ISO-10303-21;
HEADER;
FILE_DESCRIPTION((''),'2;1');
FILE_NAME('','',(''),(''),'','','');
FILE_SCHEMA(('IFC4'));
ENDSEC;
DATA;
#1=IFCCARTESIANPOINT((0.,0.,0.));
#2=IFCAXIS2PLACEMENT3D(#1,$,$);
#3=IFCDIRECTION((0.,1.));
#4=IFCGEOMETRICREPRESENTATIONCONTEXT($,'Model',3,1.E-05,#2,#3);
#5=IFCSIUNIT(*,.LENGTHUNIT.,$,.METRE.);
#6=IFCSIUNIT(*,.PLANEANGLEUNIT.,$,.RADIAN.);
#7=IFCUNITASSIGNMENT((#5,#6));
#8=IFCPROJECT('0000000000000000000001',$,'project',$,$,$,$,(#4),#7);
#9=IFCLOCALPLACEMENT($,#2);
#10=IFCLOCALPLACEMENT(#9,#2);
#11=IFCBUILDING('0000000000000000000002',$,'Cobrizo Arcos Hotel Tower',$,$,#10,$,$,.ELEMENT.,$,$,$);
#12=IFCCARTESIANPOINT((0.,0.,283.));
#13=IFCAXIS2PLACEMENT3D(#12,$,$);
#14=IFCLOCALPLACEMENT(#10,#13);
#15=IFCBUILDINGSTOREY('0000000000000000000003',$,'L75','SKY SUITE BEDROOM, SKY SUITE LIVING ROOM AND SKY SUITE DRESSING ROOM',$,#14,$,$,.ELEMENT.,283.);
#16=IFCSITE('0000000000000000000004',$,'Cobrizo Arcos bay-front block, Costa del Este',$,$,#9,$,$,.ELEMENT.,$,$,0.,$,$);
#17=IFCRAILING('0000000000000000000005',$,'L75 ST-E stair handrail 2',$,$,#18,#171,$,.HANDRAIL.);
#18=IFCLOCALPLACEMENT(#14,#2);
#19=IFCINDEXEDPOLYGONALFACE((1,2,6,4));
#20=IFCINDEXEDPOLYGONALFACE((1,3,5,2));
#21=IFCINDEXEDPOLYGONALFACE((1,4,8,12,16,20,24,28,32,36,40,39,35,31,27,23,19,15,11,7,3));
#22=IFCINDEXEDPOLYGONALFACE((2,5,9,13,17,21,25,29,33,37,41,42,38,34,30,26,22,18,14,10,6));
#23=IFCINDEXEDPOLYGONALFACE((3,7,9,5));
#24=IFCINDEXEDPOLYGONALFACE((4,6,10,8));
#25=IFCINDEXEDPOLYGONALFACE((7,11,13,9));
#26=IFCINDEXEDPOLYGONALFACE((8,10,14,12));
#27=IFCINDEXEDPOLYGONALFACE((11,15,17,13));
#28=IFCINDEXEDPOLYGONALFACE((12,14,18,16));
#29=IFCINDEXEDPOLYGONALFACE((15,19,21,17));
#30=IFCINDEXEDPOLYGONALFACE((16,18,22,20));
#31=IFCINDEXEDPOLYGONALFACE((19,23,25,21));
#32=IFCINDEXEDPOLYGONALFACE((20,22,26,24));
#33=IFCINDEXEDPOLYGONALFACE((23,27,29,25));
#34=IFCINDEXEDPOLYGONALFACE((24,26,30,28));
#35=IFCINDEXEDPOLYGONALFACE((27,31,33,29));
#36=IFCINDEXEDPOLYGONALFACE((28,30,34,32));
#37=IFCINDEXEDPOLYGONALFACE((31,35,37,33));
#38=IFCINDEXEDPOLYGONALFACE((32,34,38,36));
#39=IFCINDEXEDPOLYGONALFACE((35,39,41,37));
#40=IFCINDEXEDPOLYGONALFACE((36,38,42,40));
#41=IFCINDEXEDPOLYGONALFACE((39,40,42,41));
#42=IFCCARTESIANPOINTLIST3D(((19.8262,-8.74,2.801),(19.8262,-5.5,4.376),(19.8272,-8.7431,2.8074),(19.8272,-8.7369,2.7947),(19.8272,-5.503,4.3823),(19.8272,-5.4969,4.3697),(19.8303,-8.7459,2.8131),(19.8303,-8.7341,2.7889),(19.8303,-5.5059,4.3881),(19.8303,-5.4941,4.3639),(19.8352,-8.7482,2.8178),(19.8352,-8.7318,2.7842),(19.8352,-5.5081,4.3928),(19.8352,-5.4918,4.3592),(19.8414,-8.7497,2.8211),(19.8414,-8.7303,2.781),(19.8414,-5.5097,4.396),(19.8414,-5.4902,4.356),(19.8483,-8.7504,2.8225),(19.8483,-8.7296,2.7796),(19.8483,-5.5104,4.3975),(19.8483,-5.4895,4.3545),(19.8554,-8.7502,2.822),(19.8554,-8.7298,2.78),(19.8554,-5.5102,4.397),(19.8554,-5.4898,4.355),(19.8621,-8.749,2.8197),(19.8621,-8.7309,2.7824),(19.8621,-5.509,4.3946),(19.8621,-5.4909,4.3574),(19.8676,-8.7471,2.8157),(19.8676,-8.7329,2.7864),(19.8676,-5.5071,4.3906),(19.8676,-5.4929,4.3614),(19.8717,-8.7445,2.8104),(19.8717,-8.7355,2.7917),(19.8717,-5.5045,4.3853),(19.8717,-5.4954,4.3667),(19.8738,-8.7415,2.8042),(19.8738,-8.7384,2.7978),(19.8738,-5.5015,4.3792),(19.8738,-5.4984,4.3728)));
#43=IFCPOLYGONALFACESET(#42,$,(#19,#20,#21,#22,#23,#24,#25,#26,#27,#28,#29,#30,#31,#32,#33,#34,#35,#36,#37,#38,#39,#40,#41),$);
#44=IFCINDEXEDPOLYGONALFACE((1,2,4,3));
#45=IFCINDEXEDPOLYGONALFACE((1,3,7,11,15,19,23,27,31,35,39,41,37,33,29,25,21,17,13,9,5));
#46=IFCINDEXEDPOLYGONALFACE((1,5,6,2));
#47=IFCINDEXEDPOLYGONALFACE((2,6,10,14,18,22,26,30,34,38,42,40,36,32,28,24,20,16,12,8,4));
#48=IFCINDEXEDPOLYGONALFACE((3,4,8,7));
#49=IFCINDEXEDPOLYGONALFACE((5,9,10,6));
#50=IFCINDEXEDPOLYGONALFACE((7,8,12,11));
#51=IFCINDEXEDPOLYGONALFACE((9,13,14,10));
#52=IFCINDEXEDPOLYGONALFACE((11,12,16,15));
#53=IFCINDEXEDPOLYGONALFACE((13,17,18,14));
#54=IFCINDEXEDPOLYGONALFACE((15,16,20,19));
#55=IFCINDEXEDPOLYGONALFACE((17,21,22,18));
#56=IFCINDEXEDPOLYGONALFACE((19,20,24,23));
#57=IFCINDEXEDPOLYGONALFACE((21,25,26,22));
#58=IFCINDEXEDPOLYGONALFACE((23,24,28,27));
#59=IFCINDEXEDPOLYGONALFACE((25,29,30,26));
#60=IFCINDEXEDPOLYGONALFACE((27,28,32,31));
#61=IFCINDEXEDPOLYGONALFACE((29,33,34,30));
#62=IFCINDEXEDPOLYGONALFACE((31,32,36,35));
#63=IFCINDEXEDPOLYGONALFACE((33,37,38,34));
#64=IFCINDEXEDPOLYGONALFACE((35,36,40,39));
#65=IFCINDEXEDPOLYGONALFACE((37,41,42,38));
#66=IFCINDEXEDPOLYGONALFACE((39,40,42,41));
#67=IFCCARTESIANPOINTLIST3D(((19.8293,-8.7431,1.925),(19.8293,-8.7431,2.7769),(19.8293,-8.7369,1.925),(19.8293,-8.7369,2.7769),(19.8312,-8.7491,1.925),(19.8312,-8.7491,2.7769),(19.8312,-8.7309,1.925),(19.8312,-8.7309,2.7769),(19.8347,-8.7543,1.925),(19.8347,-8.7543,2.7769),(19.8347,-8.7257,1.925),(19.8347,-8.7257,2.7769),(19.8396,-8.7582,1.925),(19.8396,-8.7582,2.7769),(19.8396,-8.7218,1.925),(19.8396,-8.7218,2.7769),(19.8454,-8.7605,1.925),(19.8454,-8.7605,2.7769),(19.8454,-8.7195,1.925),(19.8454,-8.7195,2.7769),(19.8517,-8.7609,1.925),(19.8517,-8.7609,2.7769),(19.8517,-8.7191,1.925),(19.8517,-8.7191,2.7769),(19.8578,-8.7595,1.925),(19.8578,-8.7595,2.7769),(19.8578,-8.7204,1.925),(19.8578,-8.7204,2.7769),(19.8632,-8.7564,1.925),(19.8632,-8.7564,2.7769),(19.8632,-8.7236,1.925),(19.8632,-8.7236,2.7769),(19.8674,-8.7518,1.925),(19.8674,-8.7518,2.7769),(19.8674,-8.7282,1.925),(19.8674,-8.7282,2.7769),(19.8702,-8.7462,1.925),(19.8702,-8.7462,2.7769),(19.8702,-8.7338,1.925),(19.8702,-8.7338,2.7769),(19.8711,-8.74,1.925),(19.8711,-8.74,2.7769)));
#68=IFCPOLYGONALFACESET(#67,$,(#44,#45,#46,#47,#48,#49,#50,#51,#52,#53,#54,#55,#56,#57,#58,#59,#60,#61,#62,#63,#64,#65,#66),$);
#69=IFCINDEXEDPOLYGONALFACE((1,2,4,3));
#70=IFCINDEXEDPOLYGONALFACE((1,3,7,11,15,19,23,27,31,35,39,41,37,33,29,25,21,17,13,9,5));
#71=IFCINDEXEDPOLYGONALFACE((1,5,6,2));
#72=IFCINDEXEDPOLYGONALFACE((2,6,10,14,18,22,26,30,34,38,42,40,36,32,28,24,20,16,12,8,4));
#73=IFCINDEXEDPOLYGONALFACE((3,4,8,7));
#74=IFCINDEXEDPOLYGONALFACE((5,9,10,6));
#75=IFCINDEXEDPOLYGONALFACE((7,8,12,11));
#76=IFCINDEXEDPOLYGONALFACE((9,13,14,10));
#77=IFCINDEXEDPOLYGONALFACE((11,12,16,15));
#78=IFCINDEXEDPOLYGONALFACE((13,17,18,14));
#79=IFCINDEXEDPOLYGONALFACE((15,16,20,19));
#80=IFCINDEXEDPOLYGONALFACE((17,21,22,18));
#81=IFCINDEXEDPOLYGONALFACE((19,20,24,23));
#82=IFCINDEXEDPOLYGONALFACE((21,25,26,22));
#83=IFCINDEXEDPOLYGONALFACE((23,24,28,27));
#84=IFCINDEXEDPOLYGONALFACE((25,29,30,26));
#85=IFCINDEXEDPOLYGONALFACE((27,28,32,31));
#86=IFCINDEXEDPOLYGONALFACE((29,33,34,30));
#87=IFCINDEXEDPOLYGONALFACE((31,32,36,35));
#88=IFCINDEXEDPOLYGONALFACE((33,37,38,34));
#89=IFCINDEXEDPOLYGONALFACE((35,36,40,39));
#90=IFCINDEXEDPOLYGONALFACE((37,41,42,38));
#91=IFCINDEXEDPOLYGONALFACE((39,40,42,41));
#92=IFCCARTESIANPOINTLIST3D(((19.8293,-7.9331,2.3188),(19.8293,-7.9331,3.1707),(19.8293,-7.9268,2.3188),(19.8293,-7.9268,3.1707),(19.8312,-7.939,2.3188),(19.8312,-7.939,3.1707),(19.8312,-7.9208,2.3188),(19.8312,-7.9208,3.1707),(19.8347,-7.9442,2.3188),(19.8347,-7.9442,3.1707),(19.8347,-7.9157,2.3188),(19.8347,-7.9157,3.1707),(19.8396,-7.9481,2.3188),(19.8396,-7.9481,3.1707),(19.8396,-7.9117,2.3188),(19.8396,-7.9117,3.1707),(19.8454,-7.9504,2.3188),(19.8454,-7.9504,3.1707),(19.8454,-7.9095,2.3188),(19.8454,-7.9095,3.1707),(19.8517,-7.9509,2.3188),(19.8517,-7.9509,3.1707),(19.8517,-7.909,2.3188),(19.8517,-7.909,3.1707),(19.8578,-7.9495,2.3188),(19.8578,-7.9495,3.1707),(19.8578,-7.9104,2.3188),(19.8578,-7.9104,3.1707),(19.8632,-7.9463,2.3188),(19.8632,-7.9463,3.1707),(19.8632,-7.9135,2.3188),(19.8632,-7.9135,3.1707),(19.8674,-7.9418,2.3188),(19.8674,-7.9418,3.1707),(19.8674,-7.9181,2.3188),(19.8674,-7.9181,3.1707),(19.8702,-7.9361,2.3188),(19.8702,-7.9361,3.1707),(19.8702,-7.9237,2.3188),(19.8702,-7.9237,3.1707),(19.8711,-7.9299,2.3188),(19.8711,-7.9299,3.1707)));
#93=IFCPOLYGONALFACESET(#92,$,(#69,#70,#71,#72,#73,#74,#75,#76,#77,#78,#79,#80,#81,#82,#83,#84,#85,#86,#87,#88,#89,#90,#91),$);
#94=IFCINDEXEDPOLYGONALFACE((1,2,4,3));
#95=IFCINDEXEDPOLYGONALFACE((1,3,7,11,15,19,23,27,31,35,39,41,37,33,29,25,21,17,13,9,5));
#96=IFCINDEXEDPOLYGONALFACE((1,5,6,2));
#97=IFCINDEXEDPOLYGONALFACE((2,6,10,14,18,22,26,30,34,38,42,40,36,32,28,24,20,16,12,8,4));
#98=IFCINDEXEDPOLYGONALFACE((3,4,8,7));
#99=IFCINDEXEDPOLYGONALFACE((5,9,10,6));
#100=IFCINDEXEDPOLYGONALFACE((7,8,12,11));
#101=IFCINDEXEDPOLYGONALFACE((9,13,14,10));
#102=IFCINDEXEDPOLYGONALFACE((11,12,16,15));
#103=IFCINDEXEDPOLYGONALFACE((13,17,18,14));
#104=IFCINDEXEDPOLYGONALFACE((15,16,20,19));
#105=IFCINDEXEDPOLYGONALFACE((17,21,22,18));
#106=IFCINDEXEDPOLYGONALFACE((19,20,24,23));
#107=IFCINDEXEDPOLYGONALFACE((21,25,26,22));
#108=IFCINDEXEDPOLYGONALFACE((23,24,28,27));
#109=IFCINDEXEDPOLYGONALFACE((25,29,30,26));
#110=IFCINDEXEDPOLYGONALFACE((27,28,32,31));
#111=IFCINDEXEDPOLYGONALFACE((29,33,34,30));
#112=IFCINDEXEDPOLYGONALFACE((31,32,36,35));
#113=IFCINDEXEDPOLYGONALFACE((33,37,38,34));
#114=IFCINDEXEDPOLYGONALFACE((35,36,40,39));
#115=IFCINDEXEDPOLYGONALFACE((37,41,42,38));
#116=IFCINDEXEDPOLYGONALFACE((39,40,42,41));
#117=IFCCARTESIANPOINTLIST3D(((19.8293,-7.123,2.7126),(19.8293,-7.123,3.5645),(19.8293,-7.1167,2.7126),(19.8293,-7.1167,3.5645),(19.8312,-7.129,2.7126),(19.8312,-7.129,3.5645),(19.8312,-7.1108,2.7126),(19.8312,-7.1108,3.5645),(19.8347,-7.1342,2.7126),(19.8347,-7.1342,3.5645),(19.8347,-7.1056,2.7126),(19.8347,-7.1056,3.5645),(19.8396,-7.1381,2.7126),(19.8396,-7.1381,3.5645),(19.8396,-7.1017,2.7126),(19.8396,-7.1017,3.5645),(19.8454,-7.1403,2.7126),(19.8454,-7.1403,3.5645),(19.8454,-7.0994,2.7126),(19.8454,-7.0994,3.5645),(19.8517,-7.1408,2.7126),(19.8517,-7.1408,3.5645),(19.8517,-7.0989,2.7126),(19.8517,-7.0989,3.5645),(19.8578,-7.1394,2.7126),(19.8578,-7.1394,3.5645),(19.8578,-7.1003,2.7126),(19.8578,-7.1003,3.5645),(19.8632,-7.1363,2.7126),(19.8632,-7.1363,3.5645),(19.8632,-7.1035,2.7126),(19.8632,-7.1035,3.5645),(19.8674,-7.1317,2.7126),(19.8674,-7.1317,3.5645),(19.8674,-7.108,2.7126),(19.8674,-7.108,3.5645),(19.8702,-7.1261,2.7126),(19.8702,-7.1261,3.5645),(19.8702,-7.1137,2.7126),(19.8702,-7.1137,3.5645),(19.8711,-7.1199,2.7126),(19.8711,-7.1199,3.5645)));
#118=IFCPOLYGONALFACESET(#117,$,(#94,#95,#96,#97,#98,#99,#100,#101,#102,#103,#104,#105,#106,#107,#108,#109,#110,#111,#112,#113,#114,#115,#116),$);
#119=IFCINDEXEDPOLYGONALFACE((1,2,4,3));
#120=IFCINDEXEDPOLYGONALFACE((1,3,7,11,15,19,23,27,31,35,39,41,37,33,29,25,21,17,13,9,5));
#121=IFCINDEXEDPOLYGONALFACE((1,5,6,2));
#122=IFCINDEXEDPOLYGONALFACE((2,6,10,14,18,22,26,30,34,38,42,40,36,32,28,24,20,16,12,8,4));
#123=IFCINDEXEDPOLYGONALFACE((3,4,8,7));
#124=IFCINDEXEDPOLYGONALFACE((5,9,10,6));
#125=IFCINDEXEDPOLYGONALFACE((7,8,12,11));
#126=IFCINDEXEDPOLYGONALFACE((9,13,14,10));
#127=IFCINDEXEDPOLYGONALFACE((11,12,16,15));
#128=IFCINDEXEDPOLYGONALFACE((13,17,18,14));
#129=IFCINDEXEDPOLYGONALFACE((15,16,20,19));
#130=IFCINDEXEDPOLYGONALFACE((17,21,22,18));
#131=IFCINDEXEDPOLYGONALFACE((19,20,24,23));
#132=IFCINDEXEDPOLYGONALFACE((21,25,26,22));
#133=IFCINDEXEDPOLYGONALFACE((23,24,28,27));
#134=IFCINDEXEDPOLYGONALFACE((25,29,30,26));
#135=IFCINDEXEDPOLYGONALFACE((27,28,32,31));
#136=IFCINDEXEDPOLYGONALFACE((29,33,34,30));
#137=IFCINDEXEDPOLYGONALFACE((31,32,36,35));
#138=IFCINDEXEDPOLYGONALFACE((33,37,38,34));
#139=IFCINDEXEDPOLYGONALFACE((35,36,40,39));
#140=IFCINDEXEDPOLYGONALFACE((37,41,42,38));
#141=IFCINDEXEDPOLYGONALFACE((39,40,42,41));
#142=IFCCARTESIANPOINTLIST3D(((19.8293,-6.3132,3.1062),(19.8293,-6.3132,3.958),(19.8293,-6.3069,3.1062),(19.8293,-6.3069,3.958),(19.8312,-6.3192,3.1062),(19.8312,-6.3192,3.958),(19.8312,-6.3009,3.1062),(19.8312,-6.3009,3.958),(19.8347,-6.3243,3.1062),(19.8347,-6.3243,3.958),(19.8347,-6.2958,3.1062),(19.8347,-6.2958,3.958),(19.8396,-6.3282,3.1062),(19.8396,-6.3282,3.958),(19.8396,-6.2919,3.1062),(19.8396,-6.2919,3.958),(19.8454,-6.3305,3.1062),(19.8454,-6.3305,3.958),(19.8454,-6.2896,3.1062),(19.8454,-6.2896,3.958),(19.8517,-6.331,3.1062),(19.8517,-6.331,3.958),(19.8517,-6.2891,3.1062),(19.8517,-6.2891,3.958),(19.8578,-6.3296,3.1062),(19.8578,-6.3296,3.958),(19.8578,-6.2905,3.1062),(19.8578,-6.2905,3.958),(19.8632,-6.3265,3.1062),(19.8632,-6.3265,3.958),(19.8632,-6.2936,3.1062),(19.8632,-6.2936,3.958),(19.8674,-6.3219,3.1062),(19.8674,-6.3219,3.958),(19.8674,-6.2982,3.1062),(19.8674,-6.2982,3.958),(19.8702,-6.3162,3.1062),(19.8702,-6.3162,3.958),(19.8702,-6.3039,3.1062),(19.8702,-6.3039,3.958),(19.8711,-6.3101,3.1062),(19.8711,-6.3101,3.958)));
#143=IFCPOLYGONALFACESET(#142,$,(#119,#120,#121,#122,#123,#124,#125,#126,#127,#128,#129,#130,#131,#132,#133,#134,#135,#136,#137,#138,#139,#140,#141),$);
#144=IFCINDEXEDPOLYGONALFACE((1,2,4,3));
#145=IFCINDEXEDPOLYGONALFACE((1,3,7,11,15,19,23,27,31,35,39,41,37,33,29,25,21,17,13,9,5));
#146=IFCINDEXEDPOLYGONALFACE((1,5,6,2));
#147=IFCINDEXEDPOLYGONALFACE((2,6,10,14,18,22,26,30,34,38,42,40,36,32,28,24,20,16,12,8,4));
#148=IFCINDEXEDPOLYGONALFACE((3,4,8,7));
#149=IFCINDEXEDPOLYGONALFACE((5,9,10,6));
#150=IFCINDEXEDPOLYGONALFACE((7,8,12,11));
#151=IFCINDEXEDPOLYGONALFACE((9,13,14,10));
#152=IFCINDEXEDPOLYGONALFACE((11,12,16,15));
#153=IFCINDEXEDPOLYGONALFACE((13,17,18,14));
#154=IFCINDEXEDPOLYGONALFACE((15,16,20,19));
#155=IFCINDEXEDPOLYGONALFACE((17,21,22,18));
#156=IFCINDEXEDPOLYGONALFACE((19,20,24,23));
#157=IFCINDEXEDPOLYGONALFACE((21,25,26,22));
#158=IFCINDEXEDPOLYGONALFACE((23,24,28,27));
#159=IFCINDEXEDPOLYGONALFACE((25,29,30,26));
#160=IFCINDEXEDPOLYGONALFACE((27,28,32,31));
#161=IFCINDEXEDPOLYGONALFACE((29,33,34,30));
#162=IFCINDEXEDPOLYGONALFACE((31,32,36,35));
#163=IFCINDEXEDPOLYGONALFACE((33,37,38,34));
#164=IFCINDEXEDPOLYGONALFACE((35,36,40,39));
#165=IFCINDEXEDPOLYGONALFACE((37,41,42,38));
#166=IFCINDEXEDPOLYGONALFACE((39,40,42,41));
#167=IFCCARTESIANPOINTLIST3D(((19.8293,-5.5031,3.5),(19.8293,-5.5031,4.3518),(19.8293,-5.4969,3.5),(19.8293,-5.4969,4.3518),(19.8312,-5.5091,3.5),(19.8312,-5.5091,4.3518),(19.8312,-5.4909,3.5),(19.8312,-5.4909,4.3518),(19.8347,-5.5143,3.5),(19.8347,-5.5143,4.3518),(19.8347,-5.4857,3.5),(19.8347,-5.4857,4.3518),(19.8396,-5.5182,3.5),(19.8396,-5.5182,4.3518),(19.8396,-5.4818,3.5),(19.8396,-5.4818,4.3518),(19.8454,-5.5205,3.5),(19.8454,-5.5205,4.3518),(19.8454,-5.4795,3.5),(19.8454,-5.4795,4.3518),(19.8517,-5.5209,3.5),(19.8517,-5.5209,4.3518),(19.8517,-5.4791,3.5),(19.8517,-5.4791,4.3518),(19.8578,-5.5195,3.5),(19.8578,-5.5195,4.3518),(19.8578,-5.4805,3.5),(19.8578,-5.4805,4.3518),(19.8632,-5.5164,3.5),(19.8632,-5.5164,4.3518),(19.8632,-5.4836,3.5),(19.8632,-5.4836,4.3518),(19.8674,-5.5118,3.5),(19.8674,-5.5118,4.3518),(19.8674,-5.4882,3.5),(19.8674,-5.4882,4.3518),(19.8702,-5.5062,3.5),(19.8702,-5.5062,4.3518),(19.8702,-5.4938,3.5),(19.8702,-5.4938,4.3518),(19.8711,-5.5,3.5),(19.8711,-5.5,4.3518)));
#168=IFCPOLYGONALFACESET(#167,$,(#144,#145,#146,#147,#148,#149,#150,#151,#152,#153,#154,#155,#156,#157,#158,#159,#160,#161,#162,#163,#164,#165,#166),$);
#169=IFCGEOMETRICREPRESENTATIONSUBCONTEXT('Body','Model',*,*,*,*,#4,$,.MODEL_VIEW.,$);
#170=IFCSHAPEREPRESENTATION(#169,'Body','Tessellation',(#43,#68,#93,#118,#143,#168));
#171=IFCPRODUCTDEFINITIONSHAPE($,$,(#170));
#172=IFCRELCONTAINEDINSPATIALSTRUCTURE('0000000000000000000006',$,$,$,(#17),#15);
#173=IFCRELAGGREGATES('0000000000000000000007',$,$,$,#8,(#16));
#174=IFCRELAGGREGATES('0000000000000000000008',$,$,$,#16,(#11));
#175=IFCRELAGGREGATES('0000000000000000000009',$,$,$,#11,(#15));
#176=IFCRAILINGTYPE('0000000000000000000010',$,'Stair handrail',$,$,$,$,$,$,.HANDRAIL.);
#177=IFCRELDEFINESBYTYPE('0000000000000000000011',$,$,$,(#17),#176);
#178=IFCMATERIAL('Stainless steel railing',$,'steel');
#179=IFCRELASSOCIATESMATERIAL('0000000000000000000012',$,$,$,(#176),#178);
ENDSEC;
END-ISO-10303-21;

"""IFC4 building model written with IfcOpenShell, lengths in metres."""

from ifc_helpers import new_model, si_unit, direction, frame, origin, origin_2d, place, context, subcontext, project, spatial, circle, extrude, material, type_object, element, save


model = new_model("IFC4")

# Units and contexts
model_context = context("Model", 3, precision=1e-05, world=origin(), true_north=direction((0.0, 1.0)))
body_context = subcontext(model_context, "Body", "Model", "MODEL_VIEW")
ifc_project = project(units=[si_unit("LENGTHUNIT", "METRE"), si_unit("PLANEANGLEUNIT", "RADIAN")], contexts=[model_context])

# Site, building, storey
site_placement = place(None, origin())
site = spatial("IfcSite", under=ifc_project, at=site_placement, Name="Cobrizo Arcos bay-front block, Costa del Este", CompositionType="ELEMENT", RefElevation=0.0)
building_placement = place(site_placement, origin())
building = spatial("IfcBuilding", under=site, at=building_placement, Name="Cobrizo Arcos Hotel Tower", CompositionType="ELEMENT")
storey_placement = place(building_placement, frame((0.0, 0.0, 283.0)))
storey = spatial("IfcBuildingStorey", under=building, at=storey_placement, Name="L75", Description="SKY SUITE BEDROOM, SKY SUITE LIVING ROOM AND SKY SUITE DRESSING ROOM", CompositionType="ELEMENT", Elevation=283.0)

# Railing
ifc_material_1 = material(Name="Stainless steel railing", Category="steel")
railing_type_1 = type_object("IfcRailingType", Name="Stair handrail", PredefinedType="HANDRAIL", material=ifc_material_1)
railing_1_placement = place(storey_placement, frame((19.8501, -8.74, 1.925)))
element("IfcRailing", 1, at=railing_1_placement, inside=storey, type_object=railing_type_1, Name="L75 ST-E stair handrail 2", PredefinedType="HANDRAIL", context=body_context, shape_type="SweptSolid", body=[
    extrude(circle(Radius=0.0239, at=origin_2d()), frame((0.0, 0.0, 0.876), z_axis=(0.0, 0.899373, 0.437183), x_axis=(-1.0, 0.0, 0.0)), (0.0, 0.0, 1.0), 3.6025),
    extrude(circle(Radius=0.021, at=origin_2d()), origin(), (0.0, 0.0, 1.0), 0.8518),
    extrude(circle(Radius=0.021, at=origin_2d()), frame((0.0, 0.8101, 0.3938)), (0.0, 0.0, 1.0), 0.8518),
    extrude(circle(Radius=0.021, at=origin_2d()), frame((0.0, 1.6201, 0.7876)), (0.0, 0.0, 1.0), 0.8518),
    extrude(circle(Radius=0.021, at=origin_2d()), frame((0.0, 2.4299, 1.1812)), (0.0, 0.0, 1.0), 0.8518),
    extrude(circle(Radius=0.021, at=origin_2d()), frame((0.0, 3.24, 1.575)), (0.0, 0.0, 1.0), 0.8518),
])

save(model, "model.ifc")
